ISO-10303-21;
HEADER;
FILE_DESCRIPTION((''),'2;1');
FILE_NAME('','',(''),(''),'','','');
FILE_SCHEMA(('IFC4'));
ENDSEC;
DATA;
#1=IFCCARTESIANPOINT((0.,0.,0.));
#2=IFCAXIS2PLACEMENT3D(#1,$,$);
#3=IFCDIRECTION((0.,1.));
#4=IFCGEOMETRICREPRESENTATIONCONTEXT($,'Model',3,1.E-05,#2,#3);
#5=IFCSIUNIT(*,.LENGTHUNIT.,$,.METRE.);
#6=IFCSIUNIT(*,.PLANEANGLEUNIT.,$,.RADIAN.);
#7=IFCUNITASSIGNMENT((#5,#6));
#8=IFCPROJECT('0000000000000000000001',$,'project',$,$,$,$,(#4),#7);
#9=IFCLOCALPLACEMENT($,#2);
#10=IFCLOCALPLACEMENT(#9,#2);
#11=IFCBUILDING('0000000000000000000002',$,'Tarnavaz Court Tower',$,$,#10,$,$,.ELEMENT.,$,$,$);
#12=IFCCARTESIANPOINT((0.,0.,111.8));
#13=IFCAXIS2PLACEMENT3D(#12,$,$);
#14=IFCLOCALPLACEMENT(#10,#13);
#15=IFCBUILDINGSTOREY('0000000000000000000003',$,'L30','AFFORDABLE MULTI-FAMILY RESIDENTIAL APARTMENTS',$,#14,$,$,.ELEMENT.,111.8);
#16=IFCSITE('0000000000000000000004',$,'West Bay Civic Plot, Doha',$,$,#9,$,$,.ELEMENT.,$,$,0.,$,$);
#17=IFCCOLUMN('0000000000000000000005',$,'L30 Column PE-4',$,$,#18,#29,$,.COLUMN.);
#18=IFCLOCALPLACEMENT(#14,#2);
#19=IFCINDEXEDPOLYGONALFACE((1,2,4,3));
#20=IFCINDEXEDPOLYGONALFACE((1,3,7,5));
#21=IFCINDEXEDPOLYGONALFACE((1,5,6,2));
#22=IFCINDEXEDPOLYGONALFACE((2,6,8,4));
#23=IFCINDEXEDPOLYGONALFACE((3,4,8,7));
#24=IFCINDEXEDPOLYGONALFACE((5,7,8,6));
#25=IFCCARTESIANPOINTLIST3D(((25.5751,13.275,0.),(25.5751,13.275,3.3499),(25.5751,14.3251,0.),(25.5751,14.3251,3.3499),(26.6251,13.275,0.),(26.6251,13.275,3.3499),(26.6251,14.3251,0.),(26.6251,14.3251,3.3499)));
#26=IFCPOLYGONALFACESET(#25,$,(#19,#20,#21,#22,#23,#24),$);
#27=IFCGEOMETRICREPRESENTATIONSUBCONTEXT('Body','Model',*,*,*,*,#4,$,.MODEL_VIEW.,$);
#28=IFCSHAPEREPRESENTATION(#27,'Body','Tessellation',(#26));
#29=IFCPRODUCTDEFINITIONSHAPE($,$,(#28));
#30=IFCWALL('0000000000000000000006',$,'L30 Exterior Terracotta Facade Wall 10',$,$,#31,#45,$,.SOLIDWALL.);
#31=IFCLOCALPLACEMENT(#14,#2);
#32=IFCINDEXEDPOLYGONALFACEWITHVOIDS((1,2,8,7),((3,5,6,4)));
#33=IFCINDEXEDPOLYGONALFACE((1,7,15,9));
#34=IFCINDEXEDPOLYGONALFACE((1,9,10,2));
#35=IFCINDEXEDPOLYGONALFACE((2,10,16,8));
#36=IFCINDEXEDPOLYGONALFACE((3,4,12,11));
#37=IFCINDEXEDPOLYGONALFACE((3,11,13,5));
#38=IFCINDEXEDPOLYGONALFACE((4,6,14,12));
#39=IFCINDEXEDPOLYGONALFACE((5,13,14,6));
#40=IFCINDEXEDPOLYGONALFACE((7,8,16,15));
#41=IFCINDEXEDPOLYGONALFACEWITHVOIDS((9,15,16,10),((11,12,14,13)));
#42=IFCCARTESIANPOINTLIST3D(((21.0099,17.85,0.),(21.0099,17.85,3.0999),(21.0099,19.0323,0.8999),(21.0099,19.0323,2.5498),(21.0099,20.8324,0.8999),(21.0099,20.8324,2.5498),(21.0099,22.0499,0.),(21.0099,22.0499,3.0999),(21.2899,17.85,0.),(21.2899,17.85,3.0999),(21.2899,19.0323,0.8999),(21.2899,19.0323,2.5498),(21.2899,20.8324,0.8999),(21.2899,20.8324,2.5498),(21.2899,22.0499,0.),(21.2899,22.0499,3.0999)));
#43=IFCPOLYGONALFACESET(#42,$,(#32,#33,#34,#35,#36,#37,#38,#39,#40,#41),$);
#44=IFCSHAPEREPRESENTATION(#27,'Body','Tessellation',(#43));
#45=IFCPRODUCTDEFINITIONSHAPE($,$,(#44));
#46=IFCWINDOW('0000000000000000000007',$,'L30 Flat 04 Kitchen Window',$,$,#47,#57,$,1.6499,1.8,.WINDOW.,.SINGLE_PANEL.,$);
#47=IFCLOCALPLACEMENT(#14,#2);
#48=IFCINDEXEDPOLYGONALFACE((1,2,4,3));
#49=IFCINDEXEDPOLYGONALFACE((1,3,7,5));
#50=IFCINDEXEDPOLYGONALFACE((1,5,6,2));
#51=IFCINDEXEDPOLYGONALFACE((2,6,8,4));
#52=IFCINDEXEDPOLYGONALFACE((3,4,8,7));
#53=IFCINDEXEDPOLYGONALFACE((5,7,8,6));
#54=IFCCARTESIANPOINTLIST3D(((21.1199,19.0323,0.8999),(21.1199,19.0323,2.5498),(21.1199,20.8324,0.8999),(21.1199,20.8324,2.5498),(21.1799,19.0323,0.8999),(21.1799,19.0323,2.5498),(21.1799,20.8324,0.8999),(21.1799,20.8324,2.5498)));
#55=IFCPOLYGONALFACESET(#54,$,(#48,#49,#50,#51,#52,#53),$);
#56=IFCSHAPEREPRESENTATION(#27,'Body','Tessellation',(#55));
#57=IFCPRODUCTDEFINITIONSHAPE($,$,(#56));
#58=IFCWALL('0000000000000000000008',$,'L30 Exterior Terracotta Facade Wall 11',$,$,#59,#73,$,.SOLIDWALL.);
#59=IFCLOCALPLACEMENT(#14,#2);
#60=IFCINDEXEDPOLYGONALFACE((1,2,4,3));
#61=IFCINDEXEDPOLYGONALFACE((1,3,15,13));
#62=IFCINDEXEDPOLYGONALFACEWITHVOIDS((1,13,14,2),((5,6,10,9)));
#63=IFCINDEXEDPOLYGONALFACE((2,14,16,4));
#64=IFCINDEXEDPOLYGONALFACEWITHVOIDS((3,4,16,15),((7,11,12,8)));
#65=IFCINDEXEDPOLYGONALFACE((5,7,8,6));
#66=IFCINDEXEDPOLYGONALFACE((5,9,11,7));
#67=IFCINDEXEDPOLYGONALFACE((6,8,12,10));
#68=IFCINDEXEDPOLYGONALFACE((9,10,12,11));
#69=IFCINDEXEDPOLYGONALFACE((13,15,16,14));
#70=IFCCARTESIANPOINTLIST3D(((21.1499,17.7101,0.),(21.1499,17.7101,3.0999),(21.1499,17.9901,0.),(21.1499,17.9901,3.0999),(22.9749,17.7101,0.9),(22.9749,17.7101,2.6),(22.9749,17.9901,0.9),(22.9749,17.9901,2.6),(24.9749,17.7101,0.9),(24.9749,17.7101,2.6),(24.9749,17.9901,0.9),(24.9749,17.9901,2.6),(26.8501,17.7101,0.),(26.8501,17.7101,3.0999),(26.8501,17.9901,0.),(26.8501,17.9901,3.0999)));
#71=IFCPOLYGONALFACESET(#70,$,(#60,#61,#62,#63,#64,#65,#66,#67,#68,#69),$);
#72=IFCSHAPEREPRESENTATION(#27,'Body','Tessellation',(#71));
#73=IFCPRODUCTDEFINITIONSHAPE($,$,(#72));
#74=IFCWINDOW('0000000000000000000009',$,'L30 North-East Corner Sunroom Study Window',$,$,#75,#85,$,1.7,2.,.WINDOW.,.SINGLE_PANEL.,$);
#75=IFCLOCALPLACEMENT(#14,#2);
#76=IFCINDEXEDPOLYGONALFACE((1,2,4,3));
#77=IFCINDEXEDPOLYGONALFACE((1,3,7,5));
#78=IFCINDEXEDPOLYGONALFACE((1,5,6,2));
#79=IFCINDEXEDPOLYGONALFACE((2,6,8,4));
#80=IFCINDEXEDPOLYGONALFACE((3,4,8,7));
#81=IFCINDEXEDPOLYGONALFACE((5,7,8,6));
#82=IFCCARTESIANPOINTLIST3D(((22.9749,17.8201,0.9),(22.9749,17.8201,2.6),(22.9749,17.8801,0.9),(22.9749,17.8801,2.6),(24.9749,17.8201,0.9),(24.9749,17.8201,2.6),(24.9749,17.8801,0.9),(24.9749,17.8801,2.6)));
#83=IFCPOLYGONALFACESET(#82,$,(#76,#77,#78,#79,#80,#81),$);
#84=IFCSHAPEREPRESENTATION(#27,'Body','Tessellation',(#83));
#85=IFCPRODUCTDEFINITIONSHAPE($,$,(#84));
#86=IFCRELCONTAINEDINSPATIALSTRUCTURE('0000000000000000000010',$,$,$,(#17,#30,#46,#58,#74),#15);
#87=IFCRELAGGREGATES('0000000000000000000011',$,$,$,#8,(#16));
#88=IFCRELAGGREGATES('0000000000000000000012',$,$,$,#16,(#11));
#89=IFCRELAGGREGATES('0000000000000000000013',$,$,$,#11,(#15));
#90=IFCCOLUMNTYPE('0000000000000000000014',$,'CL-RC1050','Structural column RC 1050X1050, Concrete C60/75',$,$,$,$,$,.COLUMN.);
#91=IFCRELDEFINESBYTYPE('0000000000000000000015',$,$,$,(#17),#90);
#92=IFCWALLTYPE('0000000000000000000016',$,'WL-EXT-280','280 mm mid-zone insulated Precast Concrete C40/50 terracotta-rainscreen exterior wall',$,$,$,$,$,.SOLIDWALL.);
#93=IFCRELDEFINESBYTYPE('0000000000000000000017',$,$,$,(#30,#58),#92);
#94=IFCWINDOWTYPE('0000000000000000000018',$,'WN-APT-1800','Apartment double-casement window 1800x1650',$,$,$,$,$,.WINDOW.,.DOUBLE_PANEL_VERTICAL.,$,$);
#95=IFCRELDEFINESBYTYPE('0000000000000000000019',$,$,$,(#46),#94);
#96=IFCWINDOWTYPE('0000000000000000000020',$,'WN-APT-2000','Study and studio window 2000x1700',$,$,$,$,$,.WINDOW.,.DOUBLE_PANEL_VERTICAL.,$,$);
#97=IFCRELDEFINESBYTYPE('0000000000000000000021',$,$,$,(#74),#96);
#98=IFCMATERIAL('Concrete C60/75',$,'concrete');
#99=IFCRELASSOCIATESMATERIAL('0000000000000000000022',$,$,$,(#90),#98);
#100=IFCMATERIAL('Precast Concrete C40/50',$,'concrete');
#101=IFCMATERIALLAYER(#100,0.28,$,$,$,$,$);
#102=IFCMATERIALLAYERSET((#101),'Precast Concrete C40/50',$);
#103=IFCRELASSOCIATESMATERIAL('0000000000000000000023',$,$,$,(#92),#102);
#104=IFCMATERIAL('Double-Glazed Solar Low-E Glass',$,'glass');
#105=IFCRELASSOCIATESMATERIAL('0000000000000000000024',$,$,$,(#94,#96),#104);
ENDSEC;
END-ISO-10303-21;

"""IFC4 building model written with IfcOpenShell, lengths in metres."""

from ifc_helpers import new_model, si_unit, direction, frame, frame_2d, origin, origin_2d, place, context, subcontext, project, spatial, rectangle, extrude, material, layer, layer_set, material_profile, profile_set, type_object, element, fill, save


model = new_model("IFC4")

# Units and contexts
model_context = context("Model", 3, precision=1e-05, world=origin(), true_north=direction((0.0, 1.0)))
body_context = subcontext(model_context, "Body", "Model", "MODEL_VIEW")
ifc_project = project(units=[si_unit("LENGTHUNIT", "METRE"), si_unit("PLANEANGLEUNIT", "RADIAN")], contexts=[model_context])

# Site, building, storey
site_placement = place(None, origin())
site = spatial("IfcSite", under=ifc_project, at=site_placement, Name="West Bay Civic Plot, Doha", CompositionType="ELEMENT", RefElevation=0.0)
building_placement = place(site_placement, origin())
building = spatial("IfcBuilding", under=site, at=building_placement, Name="Tarnavaz Court Tower", CompositionType="ELEMENT")
storey_placement = place(building_placement, frame((0.0, 0.0, 111.8)))
storey = spatial("IfcBuildingStorey", under=building, at=storey_placement, Name="L30", Description="AFFORDABLE MULTI-FAMILY RESIDENTIAL APARTMENTS", CompositionType="ELEMENT", Elevation=111.8)

# Column
ifc_material_1 = material(Name="Concrete C60/75", Category="concrete")
ifc_material_profile_1 = material_profile(ifc_material_1, rectangle(XDim=1.05, YDim=1.05, at=origin_2d()), Name="RC 1050X1050")
ifc_profile_set_1 = profile_set([ifc_material_profile_1], Name="Concrete C60/75")
column_type = type_object("IfcColumnType", Name="CL-RC1050", Description="Structural column RC 1050X1050, Concrete C60/75", PredefinedType="COLUMN", material=ifc_profile_set_1)
column_placement = place(storey_placement, frame((26.1001, 13.8, 0.0), z_axis=(0.0, 0.0, 1.0), x_axis=(1.0, 0.0, 0.0)))
element("IfcColumn", 1, at=column_placement, inside=storey, type_object=column_type, Name="L30 Column PE-4", PredefinedType="COLUMN", context=body_context, shape_type="SweptSolid", body=[
    extrude(rectangle(XDim=1.05, YDim=1.05, at=origin_2d()), origin(), (0.0, 0.0, 1.0), 3.3499),
])

# Walls, openings, windows
ifc_material_2 = material(Name="Precast Concrete C40/50", Category="concrete")
ifc_layer_1 = layer(ifc_material_2, 0.28)
ifc_layer_set_1 = layer_set([ifc_layer_1], Name="Precast Concrete C40/50")
wall_type_1 = type_object("IfcWallType", Name="WL-EXT-280", Description="280 mm mid-zone insulated Precast Concrete C40/50 terracotta-rainscreen exterior wall", PredefinedType="SOLIDWALL", material=ifc_layer_set_1)
wall_1_placement = place(storey_placement, frame((21.1499, 22.05, 0.0), z_axis=(0.0, 0.0, 1.0), x_axis=(0.0, -1.0, 0.0)))
wall_1 = element("IfcWall", 2, at=wall_1_placement, inside=storey, type_object=wall_type_1, Name="L30 Exterior Terracotta Facade Wall 10", PredefinedType="SOLIDWALL", context=body_context, shape_type="SweptSolid", body=[
    extrude(rectangle(XDim=4.2, YDim=0.28, at=frame_2d((2.1001, 0.0))), origin(), (0.0, 0.0, 1.0), 3.0999),
])
opening_1_placement = place(wall_1_placement, frame((1.2178, 0.0, 0.8999)))
opening_1 = element("IfcOpeningElement", 3, at=opening_1_placement, cuts=wall_1, PredefinedType="OPENING", context=body_context, shape_type="SweptSolid", body=[
    extrude(rectangle(XDim=1.8, YDim=1.6499, at=frame_2d((0.8999, 0.825))), frame((0.0, 0.1499, 0.0), z_axis=(0.0, -1.0, 0.0), x_axis=(1.0, 0.0, 0.0)), (0.0, 0.0, 1.0), 0.3),
])
ifc_material_3 = material(Name="Double-Glazed Solar Low-E Glass", Category="glass")
window_type_1 = type_object("IfcWindowType", Name="WN-APT-1800", Description="Apartment double-casement window 1800x1650", PartitioningType="DOUBLE_PANEL_VERTICAL", PredefinedType="WINDOW", material=ifc_material_3)
window_1_placement = place(opening_1_placement, origin())
window_1 = element("IfcWindow", 4, at=window_1_placement, inside=storey, type_object=window_type_1, Name="L30 Flat 04 Kitchen Window", OverallHeight=1.6499, OverallWidth=1.8, PartitioningType="SINGLE_PANEL", PredefinedType="WINDOW", context=body_context, shape_type="SweptSolid", body=[
    extrude(rectangle(XDim=1.8, YDim=1.6499, at=frame_2d((0.8999, 0.825))), frame((0.0, 0.03, 0.0), z_axis=(0.0, -1.0, 0.0), x_axis=(1.0, 0.0, 0.0)), (0.0, 0.0, 1.0), 0.0601),
])
fill(opening_1, window_1)
wall_2_placement = place(storey_placement, frame((21.1499, 17.8501, 0.0), z_axis=(0.0, 0.0, 1.0), x_axis=(1.0, 0.0, 0.0)))
wall_2 = element("IfcWall", 5, at=wall_2_placement, inside=storey, type_object=wall_type_1, Name="L30 Exterior Terracotta Facade Wall 11", PredefinedType="SOLIDWALL", context=body_context, shape_type="SweptSolid", body=[
    extrude(rectangle(XDim=5.7002, YDim=0.28, at=frame_2d((2.8501, 0.0))), origin(), (0.0, 0.0, 1.0), 3.0999),
])
opening_2_placement = place(wall_2_placement, frame((1.825, 0.0, 0.8999)))
opening_2 = element("IfcOpeningElement", 6, at=opening_2_placement, cuts=wall_2, PredefinedType="OPENING", context=body_context, shape_type="SweptSolid", body=[
    extrude(rectangle(XDim=2.0, YDim=1.7, at=frame_2d((1.0, 0.8501))), frame((0.0, 0.1499, 0.0), z_axis=(0.0, -1.0, 0.0), x_axis=(1.0, 0.0, 0.0)), (0.0, 0.0, 1.0), 0.3),
])
window_type_2 = type_object("IfcWindowType", Name="WN-APT-2000", Description="Study and studio window 2000x1700", PartitioningType="DOUBLE_PANEL_VERTICAL", PredefinedType="WINDOW", material=ifc_material_3)
window_2_placement = place(opening_2_placement, origin())
window_2 = element("IfcWindow", 7, at=window_2_placement, inside=storey, type_object=window_type_2, Name="L30 North-East Corner Sunroom Study Window", OverallHeight=1.7, OverallWidth=2.0, PartitioningType="SINGLE_PANEL", PredefinedType="WINDOW", context=body_context, shape_type="SweptSolid", body=[
    extrude(rectangle(XDim=2.0, YDim=1.7, at=frame_2d((1.0, 0.8501))), frame((0.0, 0.03, 0.0), z_axis=(0.0, -1.0, 0.0), x_axis=(1.0, 0.0, 0.0)), (0.0, 0.0, 1.0), 0.0601),
])
fill(opening_2, window_2)

save(model, "model.ifc")
